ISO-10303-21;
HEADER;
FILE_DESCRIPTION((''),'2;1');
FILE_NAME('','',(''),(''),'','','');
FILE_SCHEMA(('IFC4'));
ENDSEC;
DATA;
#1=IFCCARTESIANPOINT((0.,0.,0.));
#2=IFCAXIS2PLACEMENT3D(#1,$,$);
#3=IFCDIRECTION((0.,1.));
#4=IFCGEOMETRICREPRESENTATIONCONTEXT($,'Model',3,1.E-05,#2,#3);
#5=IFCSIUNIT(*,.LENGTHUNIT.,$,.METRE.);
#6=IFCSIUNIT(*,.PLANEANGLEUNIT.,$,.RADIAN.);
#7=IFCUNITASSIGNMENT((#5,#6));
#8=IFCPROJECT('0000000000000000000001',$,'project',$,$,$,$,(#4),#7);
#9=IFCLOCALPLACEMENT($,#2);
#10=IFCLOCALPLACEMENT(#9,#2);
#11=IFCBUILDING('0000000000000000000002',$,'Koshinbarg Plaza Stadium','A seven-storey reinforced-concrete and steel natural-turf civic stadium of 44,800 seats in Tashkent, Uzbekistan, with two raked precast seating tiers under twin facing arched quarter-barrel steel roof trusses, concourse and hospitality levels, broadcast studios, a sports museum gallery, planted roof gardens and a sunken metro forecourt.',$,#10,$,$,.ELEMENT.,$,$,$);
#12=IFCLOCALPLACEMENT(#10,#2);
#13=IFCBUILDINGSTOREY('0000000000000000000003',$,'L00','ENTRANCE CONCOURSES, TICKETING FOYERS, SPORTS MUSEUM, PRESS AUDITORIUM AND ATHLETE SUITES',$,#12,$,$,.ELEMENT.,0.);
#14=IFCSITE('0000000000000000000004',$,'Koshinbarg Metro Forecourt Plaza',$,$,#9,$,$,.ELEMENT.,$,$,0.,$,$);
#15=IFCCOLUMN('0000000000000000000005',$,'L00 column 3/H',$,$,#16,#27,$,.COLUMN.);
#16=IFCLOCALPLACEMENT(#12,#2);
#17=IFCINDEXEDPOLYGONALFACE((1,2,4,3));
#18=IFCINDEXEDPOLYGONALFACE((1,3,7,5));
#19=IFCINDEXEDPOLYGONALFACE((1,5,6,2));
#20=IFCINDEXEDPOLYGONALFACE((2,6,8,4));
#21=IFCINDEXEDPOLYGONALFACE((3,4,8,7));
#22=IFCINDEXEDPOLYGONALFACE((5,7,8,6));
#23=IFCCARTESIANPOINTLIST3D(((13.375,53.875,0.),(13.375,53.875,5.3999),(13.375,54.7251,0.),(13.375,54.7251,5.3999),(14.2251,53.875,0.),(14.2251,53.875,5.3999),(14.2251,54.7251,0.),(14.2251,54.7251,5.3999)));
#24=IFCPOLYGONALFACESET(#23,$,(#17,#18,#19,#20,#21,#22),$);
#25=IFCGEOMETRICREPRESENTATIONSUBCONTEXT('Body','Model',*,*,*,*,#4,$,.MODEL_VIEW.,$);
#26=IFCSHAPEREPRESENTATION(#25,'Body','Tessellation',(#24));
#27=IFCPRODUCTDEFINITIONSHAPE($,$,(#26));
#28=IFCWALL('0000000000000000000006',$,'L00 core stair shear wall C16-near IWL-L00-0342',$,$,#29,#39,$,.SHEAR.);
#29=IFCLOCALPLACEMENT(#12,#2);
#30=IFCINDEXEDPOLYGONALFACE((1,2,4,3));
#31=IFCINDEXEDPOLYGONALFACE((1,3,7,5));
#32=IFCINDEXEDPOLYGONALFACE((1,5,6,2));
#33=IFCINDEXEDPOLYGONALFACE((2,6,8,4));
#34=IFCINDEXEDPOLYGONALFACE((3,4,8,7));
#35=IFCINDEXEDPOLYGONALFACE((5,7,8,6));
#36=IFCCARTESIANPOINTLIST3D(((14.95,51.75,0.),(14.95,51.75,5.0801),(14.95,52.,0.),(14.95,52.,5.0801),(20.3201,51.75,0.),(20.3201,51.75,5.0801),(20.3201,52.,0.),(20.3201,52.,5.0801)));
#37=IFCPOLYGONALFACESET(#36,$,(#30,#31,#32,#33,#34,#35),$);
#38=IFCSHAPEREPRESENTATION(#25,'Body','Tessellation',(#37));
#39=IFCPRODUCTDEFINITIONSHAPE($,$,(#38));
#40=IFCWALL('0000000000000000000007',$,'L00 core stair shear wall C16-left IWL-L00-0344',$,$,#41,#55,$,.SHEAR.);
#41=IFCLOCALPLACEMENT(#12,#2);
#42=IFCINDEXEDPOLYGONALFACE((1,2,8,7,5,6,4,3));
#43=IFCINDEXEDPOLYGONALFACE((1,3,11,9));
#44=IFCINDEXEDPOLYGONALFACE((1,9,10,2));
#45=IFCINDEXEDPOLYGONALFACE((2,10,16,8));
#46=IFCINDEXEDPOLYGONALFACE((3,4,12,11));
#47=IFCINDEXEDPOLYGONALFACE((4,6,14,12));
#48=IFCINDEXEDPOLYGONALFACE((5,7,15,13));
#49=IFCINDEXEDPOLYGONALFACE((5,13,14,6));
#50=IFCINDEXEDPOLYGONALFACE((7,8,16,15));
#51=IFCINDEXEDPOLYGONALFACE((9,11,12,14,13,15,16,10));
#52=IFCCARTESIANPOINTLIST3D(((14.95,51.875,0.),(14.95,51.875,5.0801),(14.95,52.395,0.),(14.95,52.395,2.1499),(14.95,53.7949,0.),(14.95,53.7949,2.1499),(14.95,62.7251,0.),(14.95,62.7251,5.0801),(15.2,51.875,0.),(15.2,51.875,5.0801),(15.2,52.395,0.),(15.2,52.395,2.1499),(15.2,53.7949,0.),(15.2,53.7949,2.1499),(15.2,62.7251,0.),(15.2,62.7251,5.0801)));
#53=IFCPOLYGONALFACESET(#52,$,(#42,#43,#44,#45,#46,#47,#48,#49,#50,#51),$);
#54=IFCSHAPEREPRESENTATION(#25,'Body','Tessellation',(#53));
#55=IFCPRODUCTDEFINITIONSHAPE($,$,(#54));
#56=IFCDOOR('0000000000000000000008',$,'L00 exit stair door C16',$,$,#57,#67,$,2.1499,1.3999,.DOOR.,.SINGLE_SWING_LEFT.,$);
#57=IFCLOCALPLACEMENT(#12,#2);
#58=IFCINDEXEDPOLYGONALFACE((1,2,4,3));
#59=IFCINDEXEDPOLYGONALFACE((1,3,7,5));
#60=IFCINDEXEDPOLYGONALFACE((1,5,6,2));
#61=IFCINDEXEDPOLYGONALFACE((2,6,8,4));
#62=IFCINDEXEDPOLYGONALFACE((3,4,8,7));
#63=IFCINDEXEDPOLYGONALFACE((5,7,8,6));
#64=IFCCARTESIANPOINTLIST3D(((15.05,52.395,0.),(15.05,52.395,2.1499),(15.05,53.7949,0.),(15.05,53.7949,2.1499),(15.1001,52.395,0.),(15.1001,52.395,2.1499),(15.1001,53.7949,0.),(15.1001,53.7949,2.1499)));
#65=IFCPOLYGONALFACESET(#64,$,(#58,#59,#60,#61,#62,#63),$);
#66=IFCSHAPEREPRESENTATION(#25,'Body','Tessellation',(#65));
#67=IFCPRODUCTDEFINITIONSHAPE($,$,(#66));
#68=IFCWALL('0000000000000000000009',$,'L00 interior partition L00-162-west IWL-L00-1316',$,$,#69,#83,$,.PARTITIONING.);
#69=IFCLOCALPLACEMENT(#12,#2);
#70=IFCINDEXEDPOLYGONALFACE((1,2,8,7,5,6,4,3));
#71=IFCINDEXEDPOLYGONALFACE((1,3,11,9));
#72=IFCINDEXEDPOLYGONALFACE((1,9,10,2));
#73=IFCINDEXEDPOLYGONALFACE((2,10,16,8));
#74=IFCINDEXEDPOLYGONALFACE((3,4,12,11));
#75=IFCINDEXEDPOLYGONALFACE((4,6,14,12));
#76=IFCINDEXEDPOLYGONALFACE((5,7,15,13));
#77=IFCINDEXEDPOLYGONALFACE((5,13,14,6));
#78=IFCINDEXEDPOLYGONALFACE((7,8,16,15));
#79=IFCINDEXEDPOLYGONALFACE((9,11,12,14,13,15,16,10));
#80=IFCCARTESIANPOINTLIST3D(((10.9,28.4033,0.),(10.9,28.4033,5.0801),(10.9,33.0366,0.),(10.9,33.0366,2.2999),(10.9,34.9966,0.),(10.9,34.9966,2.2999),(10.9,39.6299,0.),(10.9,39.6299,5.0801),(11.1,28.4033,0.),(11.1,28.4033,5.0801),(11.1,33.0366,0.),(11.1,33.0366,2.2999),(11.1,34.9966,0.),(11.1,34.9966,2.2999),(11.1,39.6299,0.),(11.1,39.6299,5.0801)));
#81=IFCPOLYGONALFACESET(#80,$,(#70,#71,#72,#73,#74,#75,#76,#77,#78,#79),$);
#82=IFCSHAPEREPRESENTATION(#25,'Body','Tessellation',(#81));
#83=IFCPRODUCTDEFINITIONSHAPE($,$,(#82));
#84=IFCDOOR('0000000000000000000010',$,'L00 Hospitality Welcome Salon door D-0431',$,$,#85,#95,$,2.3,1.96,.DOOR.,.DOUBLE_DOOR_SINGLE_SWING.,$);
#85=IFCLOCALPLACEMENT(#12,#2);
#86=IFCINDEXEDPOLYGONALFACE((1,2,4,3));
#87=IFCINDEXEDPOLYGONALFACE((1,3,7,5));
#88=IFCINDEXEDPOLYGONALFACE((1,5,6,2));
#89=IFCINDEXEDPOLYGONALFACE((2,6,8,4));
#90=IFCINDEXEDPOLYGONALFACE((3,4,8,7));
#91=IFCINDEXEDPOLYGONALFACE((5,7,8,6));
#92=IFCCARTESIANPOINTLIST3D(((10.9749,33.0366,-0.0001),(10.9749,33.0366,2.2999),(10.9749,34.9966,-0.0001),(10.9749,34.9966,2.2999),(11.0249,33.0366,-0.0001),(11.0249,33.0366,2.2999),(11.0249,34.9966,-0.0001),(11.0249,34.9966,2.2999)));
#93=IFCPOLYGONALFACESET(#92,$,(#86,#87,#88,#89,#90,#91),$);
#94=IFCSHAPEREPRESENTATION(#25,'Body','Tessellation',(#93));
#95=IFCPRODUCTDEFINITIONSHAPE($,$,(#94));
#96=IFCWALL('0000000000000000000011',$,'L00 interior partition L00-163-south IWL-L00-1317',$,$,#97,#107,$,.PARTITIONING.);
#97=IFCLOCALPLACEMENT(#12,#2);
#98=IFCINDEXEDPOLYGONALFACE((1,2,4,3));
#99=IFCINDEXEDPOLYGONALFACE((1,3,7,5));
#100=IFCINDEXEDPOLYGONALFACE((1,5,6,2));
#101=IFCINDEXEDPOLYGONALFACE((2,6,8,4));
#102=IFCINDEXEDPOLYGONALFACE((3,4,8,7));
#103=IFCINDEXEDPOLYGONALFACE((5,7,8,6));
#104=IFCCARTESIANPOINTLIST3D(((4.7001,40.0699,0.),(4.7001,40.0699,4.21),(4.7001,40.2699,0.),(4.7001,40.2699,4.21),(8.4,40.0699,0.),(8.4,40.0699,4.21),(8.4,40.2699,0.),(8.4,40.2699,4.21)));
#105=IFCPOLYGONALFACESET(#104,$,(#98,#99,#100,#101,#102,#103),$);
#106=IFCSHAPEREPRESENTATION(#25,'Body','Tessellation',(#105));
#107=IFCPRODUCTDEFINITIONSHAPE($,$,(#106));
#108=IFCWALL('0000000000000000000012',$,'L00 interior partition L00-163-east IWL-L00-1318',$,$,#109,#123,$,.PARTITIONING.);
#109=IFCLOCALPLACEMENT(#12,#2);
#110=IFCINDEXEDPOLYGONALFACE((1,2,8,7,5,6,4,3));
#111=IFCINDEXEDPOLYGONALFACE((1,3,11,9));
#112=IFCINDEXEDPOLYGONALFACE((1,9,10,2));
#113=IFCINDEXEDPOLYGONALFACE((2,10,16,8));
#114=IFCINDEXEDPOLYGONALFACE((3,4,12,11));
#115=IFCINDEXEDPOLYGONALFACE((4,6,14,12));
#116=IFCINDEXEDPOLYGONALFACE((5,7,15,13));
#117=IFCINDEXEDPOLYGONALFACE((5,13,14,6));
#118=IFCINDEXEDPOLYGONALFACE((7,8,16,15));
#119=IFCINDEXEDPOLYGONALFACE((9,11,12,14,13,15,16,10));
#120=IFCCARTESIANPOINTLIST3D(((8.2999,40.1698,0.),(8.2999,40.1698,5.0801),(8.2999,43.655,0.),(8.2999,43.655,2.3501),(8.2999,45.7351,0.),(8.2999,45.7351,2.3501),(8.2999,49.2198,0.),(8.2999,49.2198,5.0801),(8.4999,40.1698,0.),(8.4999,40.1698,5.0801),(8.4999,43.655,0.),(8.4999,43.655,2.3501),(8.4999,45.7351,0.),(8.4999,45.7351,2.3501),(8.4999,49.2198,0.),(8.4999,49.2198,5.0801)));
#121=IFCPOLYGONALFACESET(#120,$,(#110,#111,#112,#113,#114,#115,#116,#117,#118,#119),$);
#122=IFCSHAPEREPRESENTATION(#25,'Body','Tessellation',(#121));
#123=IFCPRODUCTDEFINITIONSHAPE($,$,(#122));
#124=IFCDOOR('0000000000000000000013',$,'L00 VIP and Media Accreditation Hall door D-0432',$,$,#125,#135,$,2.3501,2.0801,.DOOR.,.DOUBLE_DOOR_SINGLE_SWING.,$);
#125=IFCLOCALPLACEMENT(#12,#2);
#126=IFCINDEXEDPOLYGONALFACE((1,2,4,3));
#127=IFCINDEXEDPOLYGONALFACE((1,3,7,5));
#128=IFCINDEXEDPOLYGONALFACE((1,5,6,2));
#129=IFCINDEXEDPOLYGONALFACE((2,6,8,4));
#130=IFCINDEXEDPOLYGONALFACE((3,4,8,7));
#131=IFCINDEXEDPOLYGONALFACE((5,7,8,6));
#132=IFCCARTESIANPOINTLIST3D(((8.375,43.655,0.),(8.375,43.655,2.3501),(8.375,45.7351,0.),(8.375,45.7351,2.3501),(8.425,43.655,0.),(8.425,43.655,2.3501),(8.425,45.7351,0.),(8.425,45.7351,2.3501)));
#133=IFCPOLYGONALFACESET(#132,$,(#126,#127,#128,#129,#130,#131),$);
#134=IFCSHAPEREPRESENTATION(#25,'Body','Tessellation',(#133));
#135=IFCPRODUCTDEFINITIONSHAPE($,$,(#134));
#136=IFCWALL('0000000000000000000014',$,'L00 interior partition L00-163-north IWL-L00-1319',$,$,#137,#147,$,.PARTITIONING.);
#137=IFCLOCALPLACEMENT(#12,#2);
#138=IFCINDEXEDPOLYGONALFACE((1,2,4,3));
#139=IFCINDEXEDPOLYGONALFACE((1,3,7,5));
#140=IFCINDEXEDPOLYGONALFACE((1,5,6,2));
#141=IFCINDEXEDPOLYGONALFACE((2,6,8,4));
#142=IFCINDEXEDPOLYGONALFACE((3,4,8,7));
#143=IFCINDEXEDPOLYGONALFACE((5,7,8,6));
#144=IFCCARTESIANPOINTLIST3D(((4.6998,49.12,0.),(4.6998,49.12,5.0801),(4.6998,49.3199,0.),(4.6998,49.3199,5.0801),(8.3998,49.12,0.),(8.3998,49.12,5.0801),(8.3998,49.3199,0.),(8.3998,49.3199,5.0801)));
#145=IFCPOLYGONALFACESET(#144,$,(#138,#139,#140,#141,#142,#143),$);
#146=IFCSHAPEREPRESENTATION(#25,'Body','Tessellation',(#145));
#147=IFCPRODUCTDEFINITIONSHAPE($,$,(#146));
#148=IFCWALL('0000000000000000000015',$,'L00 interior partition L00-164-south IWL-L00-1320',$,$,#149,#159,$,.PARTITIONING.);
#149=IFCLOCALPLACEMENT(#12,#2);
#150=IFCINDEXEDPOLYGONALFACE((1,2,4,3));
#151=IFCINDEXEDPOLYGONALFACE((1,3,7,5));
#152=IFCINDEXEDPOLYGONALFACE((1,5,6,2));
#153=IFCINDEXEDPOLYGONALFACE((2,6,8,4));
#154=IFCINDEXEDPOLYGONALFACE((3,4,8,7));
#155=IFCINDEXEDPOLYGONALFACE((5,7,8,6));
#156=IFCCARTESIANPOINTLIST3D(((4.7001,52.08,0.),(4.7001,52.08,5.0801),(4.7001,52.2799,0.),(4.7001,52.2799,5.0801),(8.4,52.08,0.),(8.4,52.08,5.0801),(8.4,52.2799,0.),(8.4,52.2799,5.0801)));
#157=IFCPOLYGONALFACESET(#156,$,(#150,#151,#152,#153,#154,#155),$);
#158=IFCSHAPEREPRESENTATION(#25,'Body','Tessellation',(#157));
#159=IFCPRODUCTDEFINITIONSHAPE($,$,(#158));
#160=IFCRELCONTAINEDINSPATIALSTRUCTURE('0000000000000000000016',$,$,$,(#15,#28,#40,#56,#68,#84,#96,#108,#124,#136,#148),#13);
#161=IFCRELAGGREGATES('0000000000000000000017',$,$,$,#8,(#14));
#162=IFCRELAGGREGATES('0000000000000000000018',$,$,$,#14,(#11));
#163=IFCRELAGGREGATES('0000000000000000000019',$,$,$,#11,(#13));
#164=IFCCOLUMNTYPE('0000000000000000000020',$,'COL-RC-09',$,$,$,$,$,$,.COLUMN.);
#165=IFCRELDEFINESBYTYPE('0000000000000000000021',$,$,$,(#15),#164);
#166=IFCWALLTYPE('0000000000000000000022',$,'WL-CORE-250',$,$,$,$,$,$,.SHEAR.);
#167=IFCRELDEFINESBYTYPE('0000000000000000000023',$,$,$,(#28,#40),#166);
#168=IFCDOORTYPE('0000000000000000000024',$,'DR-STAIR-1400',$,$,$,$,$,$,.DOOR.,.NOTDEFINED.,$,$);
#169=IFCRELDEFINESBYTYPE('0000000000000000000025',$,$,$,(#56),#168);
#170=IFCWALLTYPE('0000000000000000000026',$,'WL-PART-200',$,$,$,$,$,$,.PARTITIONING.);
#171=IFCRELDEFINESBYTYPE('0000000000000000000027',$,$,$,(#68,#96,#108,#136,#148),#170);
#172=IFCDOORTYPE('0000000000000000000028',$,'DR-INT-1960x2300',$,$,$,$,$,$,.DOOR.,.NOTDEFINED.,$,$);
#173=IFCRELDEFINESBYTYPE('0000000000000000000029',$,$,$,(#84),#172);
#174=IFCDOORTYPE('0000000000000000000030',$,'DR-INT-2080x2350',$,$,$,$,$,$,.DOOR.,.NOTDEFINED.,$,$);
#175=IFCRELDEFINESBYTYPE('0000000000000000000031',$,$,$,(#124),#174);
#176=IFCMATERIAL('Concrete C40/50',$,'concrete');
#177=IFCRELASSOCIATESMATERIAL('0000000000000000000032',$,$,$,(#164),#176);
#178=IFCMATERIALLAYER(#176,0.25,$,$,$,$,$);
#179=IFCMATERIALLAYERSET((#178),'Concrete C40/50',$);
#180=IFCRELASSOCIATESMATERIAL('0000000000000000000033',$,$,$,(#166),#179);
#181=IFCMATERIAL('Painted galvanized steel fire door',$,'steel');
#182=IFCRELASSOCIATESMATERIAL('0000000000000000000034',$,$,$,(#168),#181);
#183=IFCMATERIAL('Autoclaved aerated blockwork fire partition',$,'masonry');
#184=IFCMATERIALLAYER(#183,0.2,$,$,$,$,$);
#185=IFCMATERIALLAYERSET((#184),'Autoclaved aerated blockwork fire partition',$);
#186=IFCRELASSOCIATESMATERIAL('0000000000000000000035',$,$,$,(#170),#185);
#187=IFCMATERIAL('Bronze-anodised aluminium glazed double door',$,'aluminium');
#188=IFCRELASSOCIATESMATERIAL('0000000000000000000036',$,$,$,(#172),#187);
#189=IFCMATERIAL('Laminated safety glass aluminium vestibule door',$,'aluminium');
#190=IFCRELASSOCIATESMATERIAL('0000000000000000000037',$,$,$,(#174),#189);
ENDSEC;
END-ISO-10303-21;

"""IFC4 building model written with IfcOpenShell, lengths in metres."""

from ifc_helpers import new_model, si_unit, direction, frame, frame_2d, origin, origin_2d, place, context, subcontext, project, spatial, rectangle, extrude, material, layer, layer_set, material_profile, profile_set, type_object, element, fill, save


model = new_model("IFC4")

# Units and contexts
model_context = context("Model", 3, precision=1e-05, world=origin(), true_north=direction((0.0, 1.0)))
body_context = subcontext(model_context, "Body", "Model", "MODEL_VIEW")
ifc_project = project(units=[si_unit("LENGTHUNIT", "METRE"), si_unit("PLANEANGLEUNIT", "RADIAN")], contexts=[model_context])

# Site, building, storey
site_placement = place(None, origin())
site = spatial("IfcSite", under=ifc_project, at=site_placement, Name="Koshinbarg Metro Forecourt Plaza", CompositionType="ELEMENT", RefElevation=0.0)
building_placement = place(site_placement, origin())
building = spatial("IfcBuilding", under=site, at=building_placement, Name="Koshinbarg Plaza Stadium", Description="A seven-storey reinforced-concrete and steel natural-turf civic stadium of 44,800 seats in Tashkent, Uzbekistan, with two raked precast seating tiers under twin facing arched quarter-barrel steel roof trusses, concourse and hospitality levels, broadcast studios, a sports museum gallery, planted roof gardens and a sunken metro forecourt.", CompositionType="ELEMENT")
storey_placement = place(building_placement, origin())
storey = spatial("IfcBuildingStorey", under=building, at=storey_placement, Name="L00", Description="ENTRANCE CONCOURSES, TICKETING FOYERS, SPORTS MUSEUM, PRESS AUDITORIUM AND ATHLETE SUITES", CompositionType="ELEMENT", Elevation=0.0)

# Column
ifc_material_1 = material(Name="Concrete C40/50", Category="concrete")
ifc_material_profile_1 = material_profile(ifc_material_1, rectangle(XDim=0.8501, YDim=0.8501, at=origin_2d()), Name="RC 850x850")
ifc_profile_set_1 = profile_set([ifc_material_profile_1], Name="Concrete C40/50")
column_type = type_object("IfcColumnType", Name="COL-RC-09", PredefinedType="COLUMN", material=ifc_profile_set_1)
for number, where, z_axis, x_axis, name in (
    (1, (13.8, 54.3, 0.0), (0.0, 0.0, 1.0), (1.0, 0.0, 0.0), "L00 column 3/H"),
):
    element("IfcColumn", number, at=place(storey_placement, frame(where, z_axis=z_axis, x_axis=x_axis)), inside=storey, type_object=column_type, Name=name, PredefinedType="COLUMN", context=body_context, shape_type="SweptSolid", body=[
        extrude(rectangle(XDim=0.8501, YDim=0.8501, at=origin_2d()), origin(), (0.0, 0.0, 1.0), 5.3999),
    ])

# Wall
ifc_layer_1 = layer(ifc_material_1, 0.25)
ifc_layer_set_1 = layer_set([ifc_layer_1], Name="Concrete C40/50")
wall_type_1 = type_object("IfcWallType", Name="WL-CORE-250", PredefinedType="SHEAR", material=ifc_layer_set_1)
wall_1_placement = place(storey_placement, frame((14.95, 51.875, 0.0), z_axis=(0.0, 0.0, 1.0), x_axis=(1.0, 0.0, 0.0)))
element("IfcWall", 2, at=wall_1_placement, inside=storey, type_object=wall_type_1, Name="L00 core stair shear wall C16-near IWL-L00-0342", PredefinedType="SHEAR", context=body_context, shape_type="SweptSolid", body=[
    extrude(rectangle(XDim=5.3701, YDim=0.25, at=frame_2d((2.6851, 0.0))), origin(), (0.0, 0.0, 1.0), 5.0801),
])

# Walls, openings, doors
wall_2_placement = place(storey_placement, frame((15.075, 51.875, 0.0), z_axis=(0.0, 0.0, 1.0), x_axis=(0.0, 1.0, 0.0)))
wall_2 = element("IfcWall", 3, at=wall_2_placement, inside=storey, type_object=wall_type_1, Name="L00 core stair shear wall C16-left IWL-L00-0344", PredefinedType="SHEAR", context=body_context, shape_type="SweptSolid", body=[
    extrude(rectangle(XDim=10.8501, YDim=0.25, at=frame_2d((5.425, 0.0))), origin(), (0.0, 0.0, 1.0), 5.0801),
])
opening_1_placement = place(wall_2_placement, frame((0.52, 0.0, 0.0)))
opening_1 = element("IfcOpeningElement", 4, at=opening_1_placement, cuts=wall_2, PredefinedType="OPENING", context=body_context, shape_type="SweptSolid", body=[
    extrude(rectangle(XDim=1.3999, YDim=2.1499, at=frame_2d((0.7, 1.075))), frame((0.0, 0.135, 0.0), z_axis=(0.0, -1.0, 0.0), x_axis=(1.0, 0.0, 0.0)), (0.0, 0.0, 1.0), 0.27),
])
ifc_material_2 = material(Name="Painted galvanized steel fire door", Category="steel")
door_type_1 = type_object("IfcDoorType", Name="DR-STAIR-1400", OperationType="NOTDEFINED", PredefinedType="DOOR", material=ifc_material_2)
door_1_placement = place(opening_1_placement, origin())
door_1 = element("IfcDoor", 5, at=door_1_placement, inside=storey, type_object=door_type_1, Name="L00 exit stair door C16", OperationType="SINGLE_SWING_LEFT", OverallHeight=2.1499, OverallWidth=1.3999, PredefinedType="DOOR", context=body_context, shape_type="SweptSolid", body=[
    extrude(rectangle(XDim=1.3999, YDim=2.1499, at=frame_2d((0.7, 1.075))), frame((0.0, 0.0249, 0.0), z_axis=(0.0, -1.0, 0.0), x_axis=(1.0, 0.0, 0.0)), (0.0, 0.0, 1.0), 0.05),
])
fill(opening_1, door_1)
ifc_material_3 = material(Name="Autoclaved aerated blockwork fire partition", Category="masonry")
ifc_layer_2 = layer(ifc_material_3, 0.2)
ifc_layer_set_2 = layer_set([ifc_layer_2], Name="Autoclaved aerated blockwork fire partition")
wall_type_2 = type_object("IfcWallType", Name="WL-PART-200", PredefinedType="PARTITIONING", material=ifc_layer_set_2)
wall_3_placement = place(storey_placement, frame((11.0, 39.6299, 0.0), z_axis=(0.0, 0.0, 1.0), x_axis=(0.0, -1.0, 0.0)))
wall_3 = element("IfcWall", 6, at=wall_3_placement, inside=storey, type_object=wall_type_2, Name="L00 interior partition L00-162-west IWL-L00-1316", PredefinedType="PARTITIONING", context=body_context, shape_type="SweptSolid", body=[
    extrude(rectangle(XDim=11.2266, YDim=0.2, at=frame_2d((5.6133, 0.0))), origin(), (0.0, 0.0, 1.0), 5.0801),
])
opening_2_placement = place(wall_3_placement, frame((4.6333, 0.0, 0.0)))
opening_2 = element("IfcOpeningElement", 7, at=opening_2_placement, cuts=wall_3, PredefinedType="OPENING", context=body_context, shape_type="SweptSolid", body=[
    extrude(rectangle(XDim=1.96, YDim=2.3, at=frame_2d((0.98, 1.1499))), frame((0.0, 0.1099, 0.0), z_axis=(0.0, -1.0, 0.0), x_axis=(1.0, 0.0, 0.0)), (0.0, 0.0, 1.0), 0.22),
])
ifc_material_4 = material(Name="Bronze-anodised aluminium glazed double door", Category="aluminium")
door_type_2 = type_object("IfcDoorType", Name="DR-INT-1960x2300", OperationType="NOTDEFINED", PredefinedType="DOOR", material=ifc_material_4)
door_2_placement = place(opening_2_placement, origin())
door_2 = element("IfcDoor", 8, at=door_2_placement, inside=storey, type_object=door_type_2, Name="L00 Hospitality Welcome Salon door D-0431", OperationType="DOUBLE_DOOR_SINGLE_SWING", OverallHeight=2.3, OverallWidth=1.96, PredefinedType="DOOR", context=body_context, shape_type="SweptSolid", body=[
    extrude(rectangle(XDim=1.96, YDim=2.3, at=frame_2d((0.98, 1.1499))), frame((0.0, 0.0249, 0.0), z_axis=(0.0, -1.0, 0.0), x_axis=(1.0, 0.0, 0.0)), (0.0, 0.0, 1.0), 0.05),
])
fill(opening_2, door_2)

# Wall
wall_4_placement = place(storey_placement, frame((4.7, 40.1699, 0.0), z_axis=(0.0, 0.0, 1.0), x_axis=(1.0, 0.0, 0.0)))
element("IfcWall", 9, at=wall_4_placement, inside=storey, type_object=wall_type_2, Name="L00 interior partition L00-163-south IWL-L00-1317", PredefinedType="PARTITIONING", context=body_context, shape_type="SweptSolid", body=[
    extrude(rectangle(XDim=3.7, YDim=0.2, at=frame_2d((1.8501, 0.0))), origin(), (0.0, 0.0, 1.0), 4.21),
])

# Wall, opening, door
wall_5_placement = place(storey_placement, frame((8.3999, 40.1699, 0.0), z_axis=(0.0, 0.0, 1.0), x_axis=(0.0, 1.0, 0.0)))
wall_5 = element("IfcWall", 10, at=wall_5_placement, inside=storey, type_object=wall_type_2, Name="L00 interior partition L00-163-east IWL-L00-1318", PredefinedType="PARTITIONING", context=body_context, shape_type="SweptSolid", body=[
    extrude(rectangle(XDim=9.05, YDim=0.2, at=frame_2d((4.5249, 0.0))), origin(), (0.0, 0.0, 1.0), 5.0801),
])
opening_3_placement = place(wall_5_placement, frame((3.4851, 0.0, 0.0)))
opening_3 = element("IfcOpeningElement", 11, at=opening_3_placement, cuts=wall_5, PredefinedType="OPENING", context=body_context, shape_type="SweptSolid", body=[
    extrude(rectangle(XDim=2.0801, YDim=2.3501, at=frame_2d((1.04, 1.175))), frame((0.0, 0.1099, 0.0), z_axis=(0.0, -1.0, 0.0), x_axis=(1.0, 0.0, 0.0)), (0.0, 0.0, 1.0), 0.22),
])
ifc_material_5 = material(Name="Laminated safety glass aluminium vestibule door", Category="aluminium")
door_type_3 = type_object("IfcDoorType", Name="DR-INT-2080x2350", OperationType="NOTDEFINED", PredefinedType="DOOR", material=ifc_material_5)
door_3_placement = place(opening_3_placement, origin())
door_3 = element("IfcDoor", 12, at=door_3_placement, inside=storey, type_object=door_type_3, Name="L00 VIP and Media Accreditation Hall door D-0432", OperationType="DOUBLE_DOOR_SINGLE_SWING", OverallHeight=2.3501, OverallWidth=2.0801, PredefinedType="DOOR", context=body_context, shape_type="SweptSolid", body=[
    extrude(rectangle(XDim=2.0801, YDim=2.3501, at=frame_2d((1.04, 1.175))), frame((0.0, 0.0249, 0.0), z_axis=(0.0, -1.0, 0.0), x_axis=(1.0, 0.0, 0.0)), (0.0, 0.0, 1.0), 0.05),
])
fill(opening_3, door_3)

# Walls
for number, where, z_axis, x_axis, name in (
    (13, (8.3999, 49.22, 0.0), (0.0, 0.0, 1.0), (-1.0, 0.0, 0.0), "L00 interior partition L00-163-north IWL-L00-1319"),
    (14, (4.7, 52.1799, 0.0), (0.0, 0.0, 1.0), (1.0, 0.0, 0.0), "L00 interior partition L00-164-south IWL-L00-1320"),
):
    element("IfcWall", number, at=place(storey_placement, frame(where, z_axis=z_axis, x_axis=x_axis)), inside=storey, type_object=wall_type_2, Name=name, PredefinedType="PARTITIONING", context=body_context, shape_type="SweptSolid", body=[
        extrude(rectangle(XDim=3.7, YDim=0.2, at=frame_2d((1.8501, 0.0))), origin(), (0.0, 0.0, 1.0), 5.0801),
    ])

save(model, "model.ifc")
